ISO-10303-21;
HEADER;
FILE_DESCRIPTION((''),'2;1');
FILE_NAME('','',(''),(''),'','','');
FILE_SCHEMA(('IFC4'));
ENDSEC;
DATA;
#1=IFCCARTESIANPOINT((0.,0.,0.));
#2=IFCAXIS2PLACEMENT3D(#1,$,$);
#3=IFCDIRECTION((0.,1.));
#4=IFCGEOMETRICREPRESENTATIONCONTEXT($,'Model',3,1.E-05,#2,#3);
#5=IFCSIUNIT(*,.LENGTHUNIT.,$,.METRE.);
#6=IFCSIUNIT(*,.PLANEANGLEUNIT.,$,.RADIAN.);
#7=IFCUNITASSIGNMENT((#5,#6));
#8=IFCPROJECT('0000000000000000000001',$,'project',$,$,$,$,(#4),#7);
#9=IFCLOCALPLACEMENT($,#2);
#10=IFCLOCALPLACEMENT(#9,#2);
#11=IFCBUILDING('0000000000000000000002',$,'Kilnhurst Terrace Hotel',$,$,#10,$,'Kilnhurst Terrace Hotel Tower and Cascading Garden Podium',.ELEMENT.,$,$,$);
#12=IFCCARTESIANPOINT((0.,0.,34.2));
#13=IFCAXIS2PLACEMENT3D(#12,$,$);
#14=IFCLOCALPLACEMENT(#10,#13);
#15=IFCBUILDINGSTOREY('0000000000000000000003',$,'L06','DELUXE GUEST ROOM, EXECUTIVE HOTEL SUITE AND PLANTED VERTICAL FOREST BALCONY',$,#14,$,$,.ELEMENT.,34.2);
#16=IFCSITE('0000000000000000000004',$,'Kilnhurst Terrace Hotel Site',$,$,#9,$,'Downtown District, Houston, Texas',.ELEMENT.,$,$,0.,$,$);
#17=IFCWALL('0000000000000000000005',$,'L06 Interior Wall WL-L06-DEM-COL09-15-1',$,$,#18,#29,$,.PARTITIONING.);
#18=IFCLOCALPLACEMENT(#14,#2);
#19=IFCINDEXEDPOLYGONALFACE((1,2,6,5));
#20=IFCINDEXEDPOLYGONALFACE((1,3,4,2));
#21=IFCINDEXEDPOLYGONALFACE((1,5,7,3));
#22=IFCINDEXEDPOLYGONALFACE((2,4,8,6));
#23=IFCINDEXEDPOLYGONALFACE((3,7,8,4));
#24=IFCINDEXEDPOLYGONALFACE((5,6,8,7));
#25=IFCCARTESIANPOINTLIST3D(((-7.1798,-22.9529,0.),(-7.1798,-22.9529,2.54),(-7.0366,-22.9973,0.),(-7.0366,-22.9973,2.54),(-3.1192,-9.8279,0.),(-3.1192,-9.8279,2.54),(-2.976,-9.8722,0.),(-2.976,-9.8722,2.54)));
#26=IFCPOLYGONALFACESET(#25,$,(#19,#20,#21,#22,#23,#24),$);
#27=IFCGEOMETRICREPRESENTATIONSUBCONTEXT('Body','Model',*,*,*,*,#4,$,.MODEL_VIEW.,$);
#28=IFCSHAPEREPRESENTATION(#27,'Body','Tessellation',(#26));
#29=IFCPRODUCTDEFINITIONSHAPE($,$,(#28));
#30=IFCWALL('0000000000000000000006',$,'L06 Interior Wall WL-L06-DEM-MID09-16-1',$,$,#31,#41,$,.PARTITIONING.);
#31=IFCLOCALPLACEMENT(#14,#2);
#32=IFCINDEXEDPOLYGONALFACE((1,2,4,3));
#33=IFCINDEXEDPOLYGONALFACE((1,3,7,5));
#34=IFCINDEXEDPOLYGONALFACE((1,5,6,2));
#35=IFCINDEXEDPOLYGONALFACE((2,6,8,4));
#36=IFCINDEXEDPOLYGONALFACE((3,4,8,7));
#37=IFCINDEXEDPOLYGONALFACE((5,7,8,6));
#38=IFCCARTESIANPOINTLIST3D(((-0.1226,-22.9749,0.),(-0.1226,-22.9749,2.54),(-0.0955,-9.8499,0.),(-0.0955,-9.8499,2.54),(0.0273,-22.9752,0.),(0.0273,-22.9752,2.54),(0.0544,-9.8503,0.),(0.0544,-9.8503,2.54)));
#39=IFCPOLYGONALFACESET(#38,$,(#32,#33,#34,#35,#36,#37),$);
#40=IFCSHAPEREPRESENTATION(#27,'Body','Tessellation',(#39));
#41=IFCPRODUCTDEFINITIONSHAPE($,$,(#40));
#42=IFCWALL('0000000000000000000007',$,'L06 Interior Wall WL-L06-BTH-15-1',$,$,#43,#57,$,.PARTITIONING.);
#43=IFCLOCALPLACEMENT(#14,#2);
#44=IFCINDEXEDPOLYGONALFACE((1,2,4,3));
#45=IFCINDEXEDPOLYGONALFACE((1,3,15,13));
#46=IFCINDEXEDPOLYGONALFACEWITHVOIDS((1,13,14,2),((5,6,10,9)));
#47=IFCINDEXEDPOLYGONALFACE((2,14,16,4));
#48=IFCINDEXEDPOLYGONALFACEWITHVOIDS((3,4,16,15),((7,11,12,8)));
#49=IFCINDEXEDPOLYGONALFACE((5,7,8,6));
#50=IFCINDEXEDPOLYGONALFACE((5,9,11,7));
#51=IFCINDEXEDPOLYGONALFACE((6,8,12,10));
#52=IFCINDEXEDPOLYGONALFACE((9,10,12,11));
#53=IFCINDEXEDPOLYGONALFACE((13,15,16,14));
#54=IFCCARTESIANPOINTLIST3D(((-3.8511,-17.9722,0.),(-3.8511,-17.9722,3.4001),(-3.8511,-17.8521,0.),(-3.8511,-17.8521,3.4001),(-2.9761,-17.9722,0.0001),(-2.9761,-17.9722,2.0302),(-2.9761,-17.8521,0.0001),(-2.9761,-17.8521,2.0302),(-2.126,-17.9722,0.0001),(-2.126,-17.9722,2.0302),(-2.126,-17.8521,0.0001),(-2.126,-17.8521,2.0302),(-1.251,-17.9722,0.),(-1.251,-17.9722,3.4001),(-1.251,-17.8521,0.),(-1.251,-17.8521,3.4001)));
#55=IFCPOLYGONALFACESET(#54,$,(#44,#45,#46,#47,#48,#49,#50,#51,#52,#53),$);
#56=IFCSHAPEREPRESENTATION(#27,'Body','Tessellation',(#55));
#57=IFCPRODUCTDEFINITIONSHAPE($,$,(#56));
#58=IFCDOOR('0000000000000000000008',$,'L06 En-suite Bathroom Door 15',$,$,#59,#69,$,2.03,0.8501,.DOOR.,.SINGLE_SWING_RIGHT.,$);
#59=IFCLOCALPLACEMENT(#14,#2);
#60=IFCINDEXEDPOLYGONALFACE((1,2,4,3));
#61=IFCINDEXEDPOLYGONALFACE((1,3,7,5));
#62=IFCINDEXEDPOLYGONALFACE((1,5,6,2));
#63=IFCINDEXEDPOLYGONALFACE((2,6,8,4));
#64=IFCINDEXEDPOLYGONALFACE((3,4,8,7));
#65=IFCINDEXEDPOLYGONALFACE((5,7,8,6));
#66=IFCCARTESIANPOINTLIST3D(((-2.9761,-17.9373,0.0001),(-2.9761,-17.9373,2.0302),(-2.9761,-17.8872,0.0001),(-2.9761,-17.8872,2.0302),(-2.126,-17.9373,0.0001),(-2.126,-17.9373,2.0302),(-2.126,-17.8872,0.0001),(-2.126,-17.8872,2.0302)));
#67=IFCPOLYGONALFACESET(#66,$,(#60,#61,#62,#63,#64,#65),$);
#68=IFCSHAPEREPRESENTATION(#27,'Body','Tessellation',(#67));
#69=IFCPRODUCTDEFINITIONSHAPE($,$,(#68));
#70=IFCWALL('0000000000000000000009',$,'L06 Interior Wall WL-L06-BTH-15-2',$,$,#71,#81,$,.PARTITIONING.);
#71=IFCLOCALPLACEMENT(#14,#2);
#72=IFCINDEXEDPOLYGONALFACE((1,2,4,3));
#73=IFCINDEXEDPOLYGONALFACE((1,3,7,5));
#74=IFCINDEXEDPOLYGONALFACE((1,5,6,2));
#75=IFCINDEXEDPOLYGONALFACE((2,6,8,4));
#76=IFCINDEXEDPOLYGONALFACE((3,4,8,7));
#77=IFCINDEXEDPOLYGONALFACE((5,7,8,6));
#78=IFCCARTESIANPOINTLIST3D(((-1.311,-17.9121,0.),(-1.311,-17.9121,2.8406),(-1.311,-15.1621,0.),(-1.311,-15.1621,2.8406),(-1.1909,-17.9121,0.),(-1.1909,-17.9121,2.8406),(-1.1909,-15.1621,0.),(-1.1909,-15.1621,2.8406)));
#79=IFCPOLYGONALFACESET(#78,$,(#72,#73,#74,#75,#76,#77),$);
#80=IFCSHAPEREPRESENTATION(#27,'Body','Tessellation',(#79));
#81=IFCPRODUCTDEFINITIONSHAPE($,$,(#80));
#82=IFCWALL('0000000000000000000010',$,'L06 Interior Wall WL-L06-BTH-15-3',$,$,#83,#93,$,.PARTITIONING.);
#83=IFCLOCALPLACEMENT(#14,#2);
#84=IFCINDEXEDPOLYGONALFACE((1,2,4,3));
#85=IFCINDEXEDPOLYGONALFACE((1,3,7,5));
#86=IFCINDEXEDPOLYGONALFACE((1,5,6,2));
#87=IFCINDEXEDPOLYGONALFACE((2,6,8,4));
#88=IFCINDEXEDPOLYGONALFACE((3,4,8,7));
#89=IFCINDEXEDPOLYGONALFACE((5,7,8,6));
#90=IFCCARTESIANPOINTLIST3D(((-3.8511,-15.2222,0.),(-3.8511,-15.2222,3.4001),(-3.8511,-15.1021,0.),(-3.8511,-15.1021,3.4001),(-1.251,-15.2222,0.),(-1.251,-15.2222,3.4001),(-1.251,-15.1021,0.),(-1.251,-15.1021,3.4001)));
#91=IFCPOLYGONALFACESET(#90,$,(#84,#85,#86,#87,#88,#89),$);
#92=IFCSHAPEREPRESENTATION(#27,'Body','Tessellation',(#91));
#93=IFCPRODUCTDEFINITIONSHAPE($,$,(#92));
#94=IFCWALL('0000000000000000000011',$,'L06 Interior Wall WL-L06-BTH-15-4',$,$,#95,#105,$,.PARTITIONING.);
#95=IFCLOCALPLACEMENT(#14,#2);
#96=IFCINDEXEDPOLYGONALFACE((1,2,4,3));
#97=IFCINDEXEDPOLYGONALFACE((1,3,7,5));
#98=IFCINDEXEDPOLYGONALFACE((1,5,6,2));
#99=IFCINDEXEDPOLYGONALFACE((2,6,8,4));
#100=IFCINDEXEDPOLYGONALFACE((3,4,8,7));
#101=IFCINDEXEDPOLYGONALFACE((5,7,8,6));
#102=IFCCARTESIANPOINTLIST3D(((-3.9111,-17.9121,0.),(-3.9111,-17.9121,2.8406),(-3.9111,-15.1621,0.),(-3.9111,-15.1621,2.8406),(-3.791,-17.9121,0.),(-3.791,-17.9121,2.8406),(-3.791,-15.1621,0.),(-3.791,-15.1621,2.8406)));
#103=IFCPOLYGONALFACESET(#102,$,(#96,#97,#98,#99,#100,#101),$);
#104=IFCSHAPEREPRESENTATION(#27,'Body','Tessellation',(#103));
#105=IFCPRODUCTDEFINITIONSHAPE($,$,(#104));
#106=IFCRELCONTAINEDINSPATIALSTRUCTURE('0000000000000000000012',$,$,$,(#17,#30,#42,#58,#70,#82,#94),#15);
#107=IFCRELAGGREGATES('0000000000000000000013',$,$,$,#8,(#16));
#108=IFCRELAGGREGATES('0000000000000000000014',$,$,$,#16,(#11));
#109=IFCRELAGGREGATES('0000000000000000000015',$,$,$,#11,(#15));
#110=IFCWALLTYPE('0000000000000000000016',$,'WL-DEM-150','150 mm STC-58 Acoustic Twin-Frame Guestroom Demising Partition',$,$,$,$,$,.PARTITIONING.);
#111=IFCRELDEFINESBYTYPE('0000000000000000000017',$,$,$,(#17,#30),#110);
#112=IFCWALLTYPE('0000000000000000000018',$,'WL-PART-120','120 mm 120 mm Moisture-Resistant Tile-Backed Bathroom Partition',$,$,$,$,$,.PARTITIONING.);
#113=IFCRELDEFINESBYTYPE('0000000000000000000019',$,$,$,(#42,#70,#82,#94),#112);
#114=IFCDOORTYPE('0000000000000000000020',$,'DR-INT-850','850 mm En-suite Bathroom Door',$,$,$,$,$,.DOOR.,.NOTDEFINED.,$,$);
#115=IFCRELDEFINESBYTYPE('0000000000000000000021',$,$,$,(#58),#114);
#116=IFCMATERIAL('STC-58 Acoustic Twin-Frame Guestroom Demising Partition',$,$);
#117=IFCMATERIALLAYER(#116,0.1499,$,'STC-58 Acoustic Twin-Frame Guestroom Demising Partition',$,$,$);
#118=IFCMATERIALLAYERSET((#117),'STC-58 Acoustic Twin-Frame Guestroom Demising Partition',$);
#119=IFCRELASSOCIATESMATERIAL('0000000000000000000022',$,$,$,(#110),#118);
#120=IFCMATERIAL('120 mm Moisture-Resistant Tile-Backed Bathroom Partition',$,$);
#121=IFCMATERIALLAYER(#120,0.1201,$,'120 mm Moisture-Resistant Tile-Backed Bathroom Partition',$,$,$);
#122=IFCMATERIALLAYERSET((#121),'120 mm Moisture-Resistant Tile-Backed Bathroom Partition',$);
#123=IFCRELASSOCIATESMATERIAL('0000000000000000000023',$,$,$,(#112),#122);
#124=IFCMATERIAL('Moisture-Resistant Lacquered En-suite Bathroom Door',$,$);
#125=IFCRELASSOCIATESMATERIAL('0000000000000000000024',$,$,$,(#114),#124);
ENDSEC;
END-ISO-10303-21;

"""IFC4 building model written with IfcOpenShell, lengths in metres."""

from ifc_helpers import new_model, si_unit, direction, frame, frame_2d, origin, place, context, subcontext, project, spatial, rectangle, extrude, material, layer, layer_set, type_object, element, fill, save


model = new_model("IFC4")

# Units and contexts
model_context = context("Model", 3, precision=1e-05, world=origin(), true_north=direction((0.0, 1.0)))
body_context = subcontext(model_context, "Body", "Model", "MODEL_VIEW")
ifc_project = project(units=[si_unit("LENGTHUNIT", "METRE"), si_unit("PLANEANGLEUNIT", "RADIAN")], contexts=[model_context])

# Site, building, storey
site_placement = place(None, origin())
site = spatial("IfcSite", under=ifc_project, at=site_placement, Name="Kilnhurst Terrace Hotel Site", LongName="Downtown District, Houston, Texas", CompositionType="ELEMENT", RefElevation=0.0)
building_placement = place(site_placement, origin())
building = spatial("IfcBuilding", under=site, at=building_placement, Name="Kilnhurst Terrace Hotel", LongName="Kilnhurst Terrace Hotel Tower and Cascading Garden Podium", CompositionType="ELEMENT")
storey_placement = place(building_placement, frame((0.0, 0.0, 34.2)))
storey = spatial("IfcBuildingStorey", under=building, at=storey_placement, Name="L06", Description="DELUXE GUEST ROOM, EXECUTIVE HOTEL SUITE AND PLANTED VERTICAL FOREST BALCONY", CompositionType="ELEMENT", Elevation=34.2)

# Walls
ifc_material_1 = material(Name="STC-58 Acoustic Twin-Frame Guestroom Demising Partition")
ifc_layer_1 = layer(ifc_material_1, 0.1499, Name="STC-58 Acoustic Twin-Frame Guestroom Demising Partition")
ifc_layer_set_1 = layer_set([ifc_layer_1], Name="STC-58 Acoustic Twin-Frame Guestroom Demising Partition")
wall_type_1 = type_object("IfcWallType", Name="WL-DEM-150", Description="150 mm STC-58 Acoustic Twin-Frame Guestroom Demising Partition", PredefinedType="PARTITIONING", material=ifc_layer_set_1)
wall_1_placement = place(storey_placement, frame((-3.0476, -9.8501, 0.0), z_axis=(0.0, 0.0, 1.0), x_axis=(-0.295554, -0.955326, 0.0)))
element("IfcWall", 1, at=wall_1_placement, inside=storey, type_object=wall_type_1, Name="L06 Interior Wall WL-L06-DEM-COL09-15-1", PredefinedType="PARTITIONING", context=body_context, shape_type="SweptSolid", body=[
    extrude(rectangle(XDim=13.7388, YDim=0.1499, at=frame_2d((6.8694, 0.0))), origin(), (0.0, 0.0, 1.0), 2.54),
])
wall_2_placement = place(storey_placement, frame((-0.0205, -9.8501, 0.0), z_axis=(0.0, 0.0, 1.0), x_axis=(-0.002065, -0.999998, 0.0)))
element("IfcWall", 2, at=wall_2_placement, inside=storey, type_object=wall_type_1, Name="L06 Interior Wall WL-L06-DEM-MID09-16-1", PredefinedType="PARTITIONING", context=body_context, shape_type="SweptSolid", body=[
    extrude(rectangle(XDim=13.125, YDim=0.1499, at=frame_2d((6.5625, 0.0))), origin(), (0.0, 0.0, 1.0), 2.54),
])

# Wall, opening, door
ifc_material_2 = material(Name="120 mm Moisture-Resistant Tile-Backed Bathroom Partition")
ifc_layer_2 = layer(ifc_material_2, 0.1201, Name="120 mm Moisture-Resistant Tile-Backed Bathroom Partition")
ifc_layer_set_2 = layer_set([ifc_layer_2], Name="120 mm Moisture-Resistant Tile-Backed Bathroom Partition")
wall_type_2 = type_object("IfcWallType", Name="WL-PART-120", Description="120 mm 120 mm Moisture-Resistant Tile-Backed Bathroom Partition", PredefinedType="PARTITIONING", material=ifc_layer_set_2)
wall_3_placement = place(storey_placement, frame((-3.8511, -17.9121, 0.0), z_axis=(0.0, 0.0, 1.0), x_axis=(1.0, 0.0, 0.0)))
wall_3 = element("IfcWall", 3, at=wall_3_placement, inside=storey, type_object=wall_type_2, Name="L06 Interior Wall WL-L06-BTH-15-1", PredefinedType="PARTITIONING", context=body_context, shape_type="SweptSolid", body=[
    extrude(rectangle(XDim=2.6001, YDim=0.1201, at=frame_2d((1.3, 0.0))), origin(), (0.0, 0.0, 1.0), 3.4001),
])
opening_placement = place(wall_3_placement, frame((0.875, 0.0, 0.0)))
opening = element("IfcOpeningElement", 4, at=opening_placement, cuts=wall_3, PredefinedType="OPENING", context=body_context, shape_type="SweptSolid", body=[
    extrude(rectangle(XDim=0.8501, YDim=2.03, at=frame_2d((0.425, 1.0151))), frame((0.0, 0.0701, 0.0), z_axis=(0.0, -1.0, 0.0), x_axis=(1.0, 0.0, 0.0)), (0.0, 0.0, 1.0), 0.1401),
])
ifc_material_3 = material(Name="Moisture-Resistant Lacquered En-suite Bathroom Door")
door_type = type_object("IfcDoorType", Name="DR-INT-850", Description="850 mm En-suite Bathroom Door", OperationType="NOTDEFINED", PredefinedType="DOOR", material=ifc_material_3)
door_placement = place(opening_placement, origin())
door = element("IfcDoor", 5, at=door_placement, inside=storey, type_object=door_type, Name="L06 En-suite Bathroom Door 15", OperationType="SINGLE_SWING_RIGHT", OverallHeight=2.03, OverallWidth=0.8501, PredefinedType="DOOR", context=body_context, shape_type="SweptSolid", body=[
    extrude(rectangle(XDim=0.8501, YDim=2.03, at=frame_2d((0.425, 1.0151))), frame((0.0, 0.0249, 0.0), z_axis=(0.0, -1.0, 0.0), x_axis=(1.0, 0.0, 0.0)), (0.0, 0.0, 1.0), 0.05),
])
fill(opening, door)

# Walls
wall_4_placement = place(storey_placement, frame((-1.251, -17.9121, 0.0), z_axis=(0.0, 0.0, 1.0), x_axis=(0.0, 1.0, 0.0)))
element("IfcWall", 6, at=wall_4_placement, inside=storey, type_object=wall_type_2, Name="L06 Interior Wall WL-L06-BTH-15-2", PredefinedType="PARTITIONING", context=body_context, shape_type="SweptSolid", body=[
    extrude(rectangle(XDim=2.75, YDim=0.1201, at=frame_2d((1.375, 0.0))), origin(), (0.0, 0.0, 1.0), 2.8406),
])
wall_5_placement = place(storey_placement, frame((-1.251, -15.1621, 0.0), z_axis=(0.0, 0.0, 1.0), x_axis=(-1.0, 0.0, 0.0)))
element("IfcWall", 7, at=wall_5_placement, inside=storey, type_object=wall_type_2, Name="L06 Interior Wall WL-L06-BTH-15-3", PredefinedType="PARTITIONING", context=body_context, shape_type="SweptSolid", body=[
    extrude(rectangle(XDim=2.6001, YDim=0.1201, at=frame_2d((1.3, 0.0))), origin(), (0.0, 0.0, 1.0), 3.4001),
])
wall_6_placement = place(storey_placement, frame((-3.8511, -15.1621, 0.0), z_axis=(0.0, 0.0, 1.0), x_axis=(0.0, -1.0, 0.0)))
element("IfcWall", 8, at=wall_6_placement, inside=storey, type_object=wall_type_2, Name="L06 Interior Wall WL-L06-BTH-15-4", PredefinedType="PARTITIONING", context=body_context, shape_type="SweptSolid", body=[
    extrude(rectangle(XDim=2.75, YDim=0.1201, at=frame_2d((1.375, 0.0))), origin(), (0.0, 0.0, 1.0), 2.8406),
])

save(model, "model.ifc")
